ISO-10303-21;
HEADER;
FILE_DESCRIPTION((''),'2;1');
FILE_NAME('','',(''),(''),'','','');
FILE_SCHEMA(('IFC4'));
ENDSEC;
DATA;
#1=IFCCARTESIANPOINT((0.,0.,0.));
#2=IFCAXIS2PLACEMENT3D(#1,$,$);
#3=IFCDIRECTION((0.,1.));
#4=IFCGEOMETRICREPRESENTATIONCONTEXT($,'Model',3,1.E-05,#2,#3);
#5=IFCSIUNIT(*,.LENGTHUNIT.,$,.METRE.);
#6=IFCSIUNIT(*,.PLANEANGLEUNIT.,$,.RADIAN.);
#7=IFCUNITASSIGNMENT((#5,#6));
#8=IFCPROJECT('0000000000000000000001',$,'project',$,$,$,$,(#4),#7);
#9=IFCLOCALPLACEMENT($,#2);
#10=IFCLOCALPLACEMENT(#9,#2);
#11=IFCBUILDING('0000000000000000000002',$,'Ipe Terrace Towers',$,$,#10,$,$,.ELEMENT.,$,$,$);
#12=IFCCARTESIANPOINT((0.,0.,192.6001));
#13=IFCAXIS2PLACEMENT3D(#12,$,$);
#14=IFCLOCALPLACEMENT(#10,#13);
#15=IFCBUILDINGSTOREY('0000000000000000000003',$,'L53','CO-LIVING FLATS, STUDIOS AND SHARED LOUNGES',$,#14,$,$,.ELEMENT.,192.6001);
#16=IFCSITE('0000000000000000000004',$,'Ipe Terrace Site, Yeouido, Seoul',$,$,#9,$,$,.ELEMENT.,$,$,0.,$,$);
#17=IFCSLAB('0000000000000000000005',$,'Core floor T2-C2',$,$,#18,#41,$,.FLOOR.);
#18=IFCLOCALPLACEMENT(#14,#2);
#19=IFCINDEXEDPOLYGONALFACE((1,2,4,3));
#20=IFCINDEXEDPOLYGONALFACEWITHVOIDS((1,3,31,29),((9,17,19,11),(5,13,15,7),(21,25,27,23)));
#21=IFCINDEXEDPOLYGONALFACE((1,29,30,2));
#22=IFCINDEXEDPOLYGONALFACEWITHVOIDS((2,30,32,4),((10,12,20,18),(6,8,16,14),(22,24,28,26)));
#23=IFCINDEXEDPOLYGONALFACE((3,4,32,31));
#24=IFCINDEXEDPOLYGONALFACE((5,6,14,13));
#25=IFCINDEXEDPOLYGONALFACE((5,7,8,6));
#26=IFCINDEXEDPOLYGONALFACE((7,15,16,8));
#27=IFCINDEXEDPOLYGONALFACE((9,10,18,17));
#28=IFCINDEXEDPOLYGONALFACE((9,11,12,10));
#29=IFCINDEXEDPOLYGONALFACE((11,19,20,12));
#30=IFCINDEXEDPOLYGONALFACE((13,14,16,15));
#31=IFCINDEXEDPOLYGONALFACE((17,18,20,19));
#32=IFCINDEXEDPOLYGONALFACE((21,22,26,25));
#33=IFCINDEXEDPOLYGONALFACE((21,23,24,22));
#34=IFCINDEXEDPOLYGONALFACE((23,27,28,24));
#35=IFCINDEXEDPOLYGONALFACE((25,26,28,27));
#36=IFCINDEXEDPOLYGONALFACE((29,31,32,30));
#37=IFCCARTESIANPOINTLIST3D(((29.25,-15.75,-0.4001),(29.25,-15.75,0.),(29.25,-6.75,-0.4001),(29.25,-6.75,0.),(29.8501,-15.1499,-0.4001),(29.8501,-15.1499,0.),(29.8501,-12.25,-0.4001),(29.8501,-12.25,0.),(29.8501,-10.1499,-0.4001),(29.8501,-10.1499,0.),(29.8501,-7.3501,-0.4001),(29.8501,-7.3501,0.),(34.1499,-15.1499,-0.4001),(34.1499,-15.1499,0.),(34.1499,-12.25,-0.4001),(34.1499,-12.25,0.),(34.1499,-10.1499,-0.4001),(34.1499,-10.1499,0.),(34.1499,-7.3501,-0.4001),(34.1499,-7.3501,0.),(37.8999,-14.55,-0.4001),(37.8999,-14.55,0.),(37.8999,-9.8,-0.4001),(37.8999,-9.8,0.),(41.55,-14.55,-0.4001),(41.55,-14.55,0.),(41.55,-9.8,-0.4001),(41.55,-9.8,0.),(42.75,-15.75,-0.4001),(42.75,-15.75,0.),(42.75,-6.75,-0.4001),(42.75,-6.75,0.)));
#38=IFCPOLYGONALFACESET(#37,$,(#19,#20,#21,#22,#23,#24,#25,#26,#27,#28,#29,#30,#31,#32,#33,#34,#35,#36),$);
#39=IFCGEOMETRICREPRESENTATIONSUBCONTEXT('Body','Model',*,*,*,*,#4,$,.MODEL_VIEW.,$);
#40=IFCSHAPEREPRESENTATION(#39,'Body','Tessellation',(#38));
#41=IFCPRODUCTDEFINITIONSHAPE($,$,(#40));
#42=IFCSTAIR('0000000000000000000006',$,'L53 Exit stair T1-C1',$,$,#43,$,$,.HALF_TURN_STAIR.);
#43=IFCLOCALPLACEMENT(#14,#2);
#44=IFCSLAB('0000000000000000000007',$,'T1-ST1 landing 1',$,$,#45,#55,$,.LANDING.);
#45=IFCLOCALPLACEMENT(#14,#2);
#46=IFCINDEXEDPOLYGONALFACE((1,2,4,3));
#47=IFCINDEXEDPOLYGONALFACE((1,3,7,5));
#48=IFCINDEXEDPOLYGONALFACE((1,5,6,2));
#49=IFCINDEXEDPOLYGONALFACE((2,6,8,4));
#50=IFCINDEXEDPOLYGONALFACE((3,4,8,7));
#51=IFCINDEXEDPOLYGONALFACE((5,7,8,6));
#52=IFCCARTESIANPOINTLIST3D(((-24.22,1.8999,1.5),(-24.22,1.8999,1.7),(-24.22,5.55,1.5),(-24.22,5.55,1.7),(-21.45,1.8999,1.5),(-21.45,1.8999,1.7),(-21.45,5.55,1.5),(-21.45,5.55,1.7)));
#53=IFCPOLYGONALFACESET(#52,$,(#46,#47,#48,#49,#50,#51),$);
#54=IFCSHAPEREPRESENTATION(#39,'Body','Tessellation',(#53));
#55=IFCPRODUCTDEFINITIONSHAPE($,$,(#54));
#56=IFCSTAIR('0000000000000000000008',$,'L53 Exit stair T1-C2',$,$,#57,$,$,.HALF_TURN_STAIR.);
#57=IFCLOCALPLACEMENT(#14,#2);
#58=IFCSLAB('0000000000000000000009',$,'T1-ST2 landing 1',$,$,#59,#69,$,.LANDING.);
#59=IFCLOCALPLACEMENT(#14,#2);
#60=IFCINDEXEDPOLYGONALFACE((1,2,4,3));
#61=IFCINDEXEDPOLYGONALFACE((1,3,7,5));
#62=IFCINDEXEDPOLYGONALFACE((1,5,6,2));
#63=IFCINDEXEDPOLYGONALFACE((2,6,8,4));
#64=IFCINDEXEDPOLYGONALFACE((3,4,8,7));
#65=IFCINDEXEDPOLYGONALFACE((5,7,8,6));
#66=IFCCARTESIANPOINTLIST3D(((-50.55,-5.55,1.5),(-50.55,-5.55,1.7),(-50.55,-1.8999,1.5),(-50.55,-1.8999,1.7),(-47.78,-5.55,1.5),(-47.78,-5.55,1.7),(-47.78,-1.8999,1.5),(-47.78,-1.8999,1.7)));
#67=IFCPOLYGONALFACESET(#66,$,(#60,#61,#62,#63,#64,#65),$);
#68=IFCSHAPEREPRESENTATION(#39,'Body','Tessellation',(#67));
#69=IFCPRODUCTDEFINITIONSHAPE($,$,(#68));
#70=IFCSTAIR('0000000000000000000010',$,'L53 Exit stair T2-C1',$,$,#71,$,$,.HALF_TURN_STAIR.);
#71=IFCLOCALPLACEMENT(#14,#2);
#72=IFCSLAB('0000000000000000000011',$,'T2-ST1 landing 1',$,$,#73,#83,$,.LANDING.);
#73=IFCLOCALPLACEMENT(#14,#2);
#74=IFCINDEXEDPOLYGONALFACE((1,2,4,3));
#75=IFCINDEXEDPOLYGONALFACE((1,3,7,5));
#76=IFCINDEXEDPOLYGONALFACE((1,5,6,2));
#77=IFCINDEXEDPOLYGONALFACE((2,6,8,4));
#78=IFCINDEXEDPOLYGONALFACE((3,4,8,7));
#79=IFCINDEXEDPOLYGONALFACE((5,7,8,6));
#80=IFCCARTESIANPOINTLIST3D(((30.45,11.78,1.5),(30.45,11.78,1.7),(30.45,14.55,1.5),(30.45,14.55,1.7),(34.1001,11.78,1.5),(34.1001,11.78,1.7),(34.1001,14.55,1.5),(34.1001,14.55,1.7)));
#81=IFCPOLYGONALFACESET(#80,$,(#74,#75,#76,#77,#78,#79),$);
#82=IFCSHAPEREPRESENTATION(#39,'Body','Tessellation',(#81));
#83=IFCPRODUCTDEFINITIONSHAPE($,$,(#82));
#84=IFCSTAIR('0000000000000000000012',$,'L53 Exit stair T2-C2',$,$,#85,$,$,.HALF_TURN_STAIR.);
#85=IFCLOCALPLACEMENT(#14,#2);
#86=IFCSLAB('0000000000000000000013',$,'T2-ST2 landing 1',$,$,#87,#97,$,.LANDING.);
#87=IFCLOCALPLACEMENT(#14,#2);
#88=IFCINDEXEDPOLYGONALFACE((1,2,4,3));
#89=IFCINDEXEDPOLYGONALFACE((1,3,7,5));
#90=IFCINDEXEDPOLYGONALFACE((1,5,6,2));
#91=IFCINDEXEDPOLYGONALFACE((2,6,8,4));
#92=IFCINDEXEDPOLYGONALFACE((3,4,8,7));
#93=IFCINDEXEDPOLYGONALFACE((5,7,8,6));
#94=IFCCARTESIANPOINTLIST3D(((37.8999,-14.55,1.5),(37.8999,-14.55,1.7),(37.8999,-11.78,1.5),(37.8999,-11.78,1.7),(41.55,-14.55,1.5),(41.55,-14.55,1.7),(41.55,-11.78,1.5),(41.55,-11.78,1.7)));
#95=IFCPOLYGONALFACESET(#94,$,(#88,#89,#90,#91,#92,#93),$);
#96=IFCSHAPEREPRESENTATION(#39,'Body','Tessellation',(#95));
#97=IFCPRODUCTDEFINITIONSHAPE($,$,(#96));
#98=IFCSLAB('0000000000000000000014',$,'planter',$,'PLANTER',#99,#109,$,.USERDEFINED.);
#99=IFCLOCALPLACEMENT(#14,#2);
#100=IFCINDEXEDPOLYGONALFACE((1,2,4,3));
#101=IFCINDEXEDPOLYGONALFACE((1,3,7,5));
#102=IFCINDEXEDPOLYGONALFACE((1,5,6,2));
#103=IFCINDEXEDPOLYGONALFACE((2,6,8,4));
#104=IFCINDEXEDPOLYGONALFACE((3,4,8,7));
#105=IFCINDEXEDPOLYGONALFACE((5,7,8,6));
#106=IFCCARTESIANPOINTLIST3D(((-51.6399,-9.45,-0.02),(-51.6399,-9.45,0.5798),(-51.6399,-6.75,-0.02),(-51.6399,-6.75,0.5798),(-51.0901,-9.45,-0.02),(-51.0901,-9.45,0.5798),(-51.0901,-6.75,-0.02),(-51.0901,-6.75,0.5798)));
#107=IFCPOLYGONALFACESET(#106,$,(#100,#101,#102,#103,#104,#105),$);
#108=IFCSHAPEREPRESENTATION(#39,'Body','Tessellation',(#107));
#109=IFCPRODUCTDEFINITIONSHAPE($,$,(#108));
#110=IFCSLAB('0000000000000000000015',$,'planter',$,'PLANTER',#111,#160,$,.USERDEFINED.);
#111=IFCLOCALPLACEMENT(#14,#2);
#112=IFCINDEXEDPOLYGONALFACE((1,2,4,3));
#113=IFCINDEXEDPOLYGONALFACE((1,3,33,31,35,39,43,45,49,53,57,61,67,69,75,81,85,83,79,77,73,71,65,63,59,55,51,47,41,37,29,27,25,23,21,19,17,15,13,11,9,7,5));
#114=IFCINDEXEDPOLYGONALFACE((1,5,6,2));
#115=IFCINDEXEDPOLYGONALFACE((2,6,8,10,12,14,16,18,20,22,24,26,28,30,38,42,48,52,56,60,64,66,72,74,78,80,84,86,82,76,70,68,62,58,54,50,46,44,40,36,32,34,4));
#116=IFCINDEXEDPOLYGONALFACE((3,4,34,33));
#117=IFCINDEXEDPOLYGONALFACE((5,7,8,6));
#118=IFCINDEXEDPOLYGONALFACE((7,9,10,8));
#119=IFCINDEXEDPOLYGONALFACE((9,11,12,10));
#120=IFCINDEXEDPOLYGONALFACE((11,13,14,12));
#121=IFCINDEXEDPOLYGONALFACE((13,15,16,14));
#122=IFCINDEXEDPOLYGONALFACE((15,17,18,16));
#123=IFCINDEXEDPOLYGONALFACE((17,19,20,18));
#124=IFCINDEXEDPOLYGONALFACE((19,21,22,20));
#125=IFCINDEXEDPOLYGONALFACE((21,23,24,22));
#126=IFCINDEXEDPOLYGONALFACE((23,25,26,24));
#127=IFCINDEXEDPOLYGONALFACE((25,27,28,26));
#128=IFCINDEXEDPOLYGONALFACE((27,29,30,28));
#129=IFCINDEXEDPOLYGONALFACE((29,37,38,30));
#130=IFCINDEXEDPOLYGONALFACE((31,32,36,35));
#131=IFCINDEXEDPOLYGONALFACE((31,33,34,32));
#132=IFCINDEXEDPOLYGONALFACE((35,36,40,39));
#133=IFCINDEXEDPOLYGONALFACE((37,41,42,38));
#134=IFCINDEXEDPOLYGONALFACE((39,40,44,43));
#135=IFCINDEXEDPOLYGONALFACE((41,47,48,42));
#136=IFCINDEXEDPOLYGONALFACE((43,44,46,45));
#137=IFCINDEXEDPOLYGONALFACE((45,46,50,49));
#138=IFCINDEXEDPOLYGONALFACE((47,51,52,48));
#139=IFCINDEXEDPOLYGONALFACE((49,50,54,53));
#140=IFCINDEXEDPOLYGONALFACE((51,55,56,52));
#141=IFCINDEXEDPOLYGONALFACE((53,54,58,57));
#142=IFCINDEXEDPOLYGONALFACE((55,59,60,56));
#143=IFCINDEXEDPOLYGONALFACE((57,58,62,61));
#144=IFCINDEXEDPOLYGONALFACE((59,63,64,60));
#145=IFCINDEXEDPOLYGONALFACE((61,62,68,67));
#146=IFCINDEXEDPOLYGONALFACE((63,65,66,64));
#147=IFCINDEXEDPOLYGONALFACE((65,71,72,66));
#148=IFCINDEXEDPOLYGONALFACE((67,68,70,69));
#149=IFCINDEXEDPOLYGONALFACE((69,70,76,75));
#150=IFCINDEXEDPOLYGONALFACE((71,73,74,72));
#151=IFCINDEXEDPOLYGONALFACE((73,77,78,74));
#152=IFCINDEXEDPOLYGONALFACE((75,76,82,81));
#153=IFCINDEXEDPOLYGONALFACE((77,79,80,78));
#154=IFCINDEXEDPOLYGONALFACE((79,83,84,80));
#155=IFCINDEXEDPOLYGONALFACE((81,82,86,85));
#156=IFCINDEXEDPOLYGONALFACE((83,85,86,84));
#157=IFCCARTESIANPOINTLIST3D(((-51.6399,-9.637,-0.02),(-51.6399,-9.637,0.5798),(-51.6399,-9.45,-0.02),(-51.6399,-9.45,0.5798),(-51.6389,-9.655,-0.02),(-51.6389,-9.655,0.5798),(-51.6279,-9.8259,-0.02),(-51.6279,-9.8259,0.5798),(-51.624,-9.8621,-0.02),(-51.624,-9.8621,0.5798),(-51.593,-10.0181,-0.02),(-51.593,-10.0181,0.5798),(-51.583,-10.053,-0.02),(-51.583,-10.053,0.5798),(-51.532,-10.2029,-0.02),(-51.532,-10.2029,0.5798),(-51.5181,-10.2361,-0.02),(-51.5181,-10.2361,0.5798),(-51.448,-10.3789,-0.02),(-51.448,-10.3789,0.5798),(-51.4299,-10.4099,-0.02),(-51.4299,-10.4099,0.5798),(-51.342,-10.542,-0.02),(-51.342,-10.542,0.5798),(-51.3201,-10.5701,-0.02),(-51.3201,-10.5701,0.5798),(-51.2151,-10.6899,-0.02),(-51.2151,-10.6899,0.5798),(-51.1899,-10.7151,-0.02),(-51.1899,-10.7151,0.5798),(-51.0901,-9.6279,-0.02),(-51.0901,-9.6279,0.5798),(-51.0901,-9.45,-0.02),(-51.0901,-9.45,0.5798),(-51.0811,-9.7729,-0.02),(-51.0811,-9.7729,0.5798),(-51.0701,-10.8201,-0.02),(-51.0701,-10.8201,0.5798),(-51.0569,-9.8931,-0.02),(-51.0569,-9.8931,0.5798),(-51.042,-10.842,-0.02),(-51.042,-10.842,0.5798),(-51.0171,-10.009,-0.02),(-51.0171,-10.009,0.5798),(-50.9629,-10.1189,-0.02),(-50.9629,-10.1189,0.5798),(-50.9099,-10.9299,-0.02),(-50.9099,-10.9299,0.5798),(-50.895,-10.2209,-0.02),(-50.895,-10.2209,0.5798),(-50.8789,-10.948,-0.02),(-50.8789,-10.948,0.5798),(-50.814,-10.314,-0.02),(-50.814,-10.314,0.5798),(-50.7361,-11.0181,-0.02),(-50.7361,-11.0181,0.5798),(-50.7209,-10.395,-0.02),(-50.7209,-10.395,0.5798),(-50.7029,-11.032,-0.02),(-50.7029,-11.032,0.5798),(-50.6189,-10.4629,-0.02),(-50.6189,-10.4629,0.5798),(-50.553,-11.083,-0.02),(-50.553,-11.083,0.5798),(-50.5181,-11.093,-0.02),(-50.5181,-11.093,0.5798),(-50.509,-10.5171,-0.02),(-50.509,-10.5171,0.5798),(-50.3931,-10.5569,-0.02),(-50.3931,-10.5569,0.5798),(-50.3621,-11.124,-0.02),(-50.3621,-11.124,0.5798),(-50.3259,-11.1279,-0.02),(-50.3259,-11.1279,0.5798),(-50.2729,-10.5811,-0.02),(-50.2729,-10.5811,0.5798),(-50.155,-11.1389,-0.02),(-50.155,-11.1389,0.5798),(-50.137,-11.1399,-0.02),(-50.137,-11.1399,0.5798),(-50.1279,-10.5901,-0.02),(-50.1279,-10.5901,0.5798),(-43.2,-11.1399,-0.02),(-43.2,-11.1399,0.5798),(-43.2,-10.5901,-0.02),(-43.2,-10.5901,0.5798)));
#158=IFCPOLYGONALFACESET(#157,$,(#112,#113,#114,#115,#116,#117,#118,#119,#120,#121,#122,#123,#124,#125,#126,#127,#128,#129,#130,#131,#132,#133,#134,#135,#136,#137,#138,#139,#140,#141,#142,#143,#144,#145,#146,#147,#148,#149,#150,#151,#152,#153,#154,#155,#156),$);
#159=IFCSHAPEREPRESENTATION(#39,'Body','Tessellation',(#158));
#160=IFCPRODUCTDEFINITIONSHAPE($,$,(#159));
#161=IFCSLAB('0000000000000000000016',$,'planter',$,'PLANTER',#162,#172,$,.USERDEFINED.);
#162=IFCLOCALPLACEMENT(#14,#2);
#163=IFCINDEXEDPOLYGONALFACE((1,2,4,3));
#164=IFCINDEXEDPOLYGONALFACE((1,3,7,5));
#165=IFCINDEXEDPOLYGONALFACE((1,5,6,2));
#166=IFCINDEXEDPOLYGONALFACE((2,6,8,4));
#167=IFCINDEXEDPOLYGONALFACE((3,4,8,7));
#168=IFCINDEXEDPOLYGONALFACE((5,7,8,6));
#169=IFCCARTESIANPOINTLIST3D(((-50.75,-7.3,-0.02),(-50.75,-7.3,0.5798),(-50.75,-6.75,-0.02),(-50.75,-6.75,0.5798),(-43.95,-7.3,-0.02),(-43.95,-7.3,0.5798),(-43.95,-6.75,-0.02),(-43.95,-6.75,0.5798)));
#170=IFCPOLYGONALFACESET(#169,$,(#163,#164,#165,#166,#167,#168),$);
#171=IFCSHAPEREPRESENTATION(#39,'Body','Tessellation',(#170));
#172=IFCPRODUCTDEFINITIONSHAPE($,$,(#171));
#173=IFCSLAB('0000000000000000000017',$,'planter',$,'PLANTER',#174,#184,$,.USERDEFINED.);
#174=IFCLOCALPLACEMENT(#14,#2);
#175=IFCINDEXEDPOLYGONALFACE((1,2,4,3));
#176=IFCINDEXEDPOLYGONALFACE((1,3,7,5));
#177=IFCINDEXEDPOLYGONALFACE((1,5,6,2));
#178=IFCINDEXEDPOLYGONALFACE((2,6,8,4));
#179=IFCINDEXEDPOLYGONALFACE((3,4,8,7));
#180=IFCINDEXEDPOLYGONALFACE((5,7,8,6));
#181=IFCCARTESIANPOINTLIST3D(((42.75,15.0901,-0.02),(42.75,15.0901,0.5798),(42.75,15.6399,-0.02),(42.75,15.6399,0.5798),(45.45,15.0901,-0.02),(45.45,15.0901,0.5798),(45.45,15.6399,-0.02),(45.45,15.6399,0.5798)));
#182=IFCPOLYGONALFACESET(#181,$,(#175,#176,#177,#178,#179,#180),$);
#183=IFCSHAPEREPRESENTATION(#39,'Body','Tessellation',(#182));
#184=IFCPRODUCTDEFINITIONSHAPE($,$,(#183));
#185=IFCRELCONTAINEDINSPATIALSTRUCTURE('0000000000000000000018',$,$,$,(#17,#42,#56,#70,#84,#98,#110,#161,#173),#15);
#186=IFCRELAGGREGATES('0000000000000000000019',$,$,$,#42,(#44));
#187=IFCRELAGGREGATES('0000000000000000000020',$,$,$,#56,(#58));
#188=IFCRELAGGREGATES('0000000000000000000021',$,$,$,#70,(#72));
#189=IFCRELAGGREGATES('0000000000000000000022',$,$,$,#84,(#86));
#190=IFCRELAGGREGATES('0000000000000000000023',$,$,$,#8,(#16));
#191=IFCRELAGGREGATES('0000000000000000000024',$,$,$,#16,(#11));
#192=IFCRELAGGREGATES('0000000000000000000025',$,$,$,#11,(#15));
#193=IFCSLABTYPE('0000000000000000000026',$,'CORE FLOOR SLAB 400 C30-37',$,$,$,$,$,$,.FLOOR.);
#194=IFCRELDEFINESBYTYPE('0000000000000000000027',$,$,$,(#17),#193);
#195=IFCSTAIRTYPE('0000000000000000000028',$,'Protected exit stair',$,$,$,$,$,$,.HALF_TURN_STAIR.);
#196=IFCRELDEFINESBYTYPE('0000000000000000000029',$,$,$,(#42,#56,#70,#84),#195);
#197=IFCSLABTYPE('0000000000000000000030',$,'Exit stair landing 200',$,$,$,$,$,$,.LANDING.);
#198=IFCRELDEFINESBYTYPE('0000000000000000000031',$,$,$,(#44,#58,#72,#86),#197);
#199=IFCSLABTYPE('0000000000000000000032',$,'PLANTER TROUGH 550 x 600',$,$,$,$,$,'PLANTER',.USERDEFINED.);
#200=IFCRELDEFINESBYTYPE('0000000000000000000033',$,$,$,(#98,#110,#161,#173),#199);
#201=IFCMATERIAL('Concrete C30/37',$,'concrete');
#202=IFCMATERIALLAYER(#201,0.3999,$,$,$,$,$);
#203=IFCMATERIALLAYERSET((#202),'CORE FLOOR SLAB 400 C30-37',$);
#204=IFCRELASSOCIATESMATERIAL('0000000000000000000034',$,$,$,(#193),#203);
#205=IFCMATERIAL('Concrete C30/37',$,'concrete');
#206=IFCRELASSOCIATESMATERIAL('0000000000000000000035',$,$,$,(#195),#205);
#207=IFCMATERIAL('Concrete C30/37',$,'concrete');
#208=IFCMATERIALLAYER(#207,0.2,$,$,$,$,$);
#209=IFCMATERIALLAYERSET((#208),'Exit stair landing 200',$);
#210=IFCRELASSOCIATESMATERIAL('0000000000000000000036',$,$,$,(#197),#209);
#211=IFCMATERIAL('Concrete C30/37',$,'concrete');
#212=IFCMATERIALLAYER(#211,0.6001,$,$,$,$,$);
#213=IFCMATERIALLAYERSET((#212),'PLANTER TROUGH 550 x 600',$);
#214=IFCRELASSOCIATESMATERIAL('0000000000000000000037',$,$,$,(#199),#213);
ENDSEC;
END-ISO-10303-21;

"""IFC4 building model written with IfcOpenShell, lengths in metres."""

from ifc_helpers import new_model, si_unit, direction, frame, origin, place, context, subcontext, project, spatial, polyline, outline, extrude, material, layer, layer_set, type_object, element, aggregate, save


model = new_model("IFC4")

# Units and contexts
model_context = context("Model", 3, precision=1e-05, world=origin(), true_north=direction((0.0, 1.0)))
body_context = subcontext(model_context, "Body", "Model", "MODEL_VIEW")
ifc_project = project(units=[si_unit("LENGTHUNIT", "METRE"), si_unit("PLANEANGLEUNIT", "RADIAN")], contexts=[model_context])

# Site, building, storey
site_placement = place(None, origin())
site = spatial("IfcSite", under=ifc_project, at=site_placement, Name="Ipe Terrace Site, Yeouido, Seoul", CompositionType="ELEMENT", RefElevation=0.0)
building_placement = place(site_placement, origin())
building = spatial("IfcBuilding", under=site, at=building_placement, Name="Ipe Terrace Towers", CompositionType="ELEMENT")
storey_placement = place(building_placement, frame((0.0, 0.0, 192.6001)))
storey = spatial("IfcBuildingStorey", under=building, at=storey_placement, Name="L53", Description="CO-LIVING FLATS, STUDIOS AND SHARED LOUNGES", CompositionType="ELEMENT", Elevation=192.6001)

# Slab
ifc_material_1 = material(Name="Concrete C30/37", Category="concrete")
ifc_layer_1 = layer(ifc_material_1, 0.3999)
ifc_layer_set_1 = layer_set([ifc_layer_1], Name="CORE FLOOR SLAB 400 C30-37")
slab_type_1 = type_object("IfcSlabType", Name="CORE FLOOR SLAB 400 C30-37", PredefinedType="FLOOR", material=ifc_layer_set_1)
slab_1_placement = place(storey_placement, frame((0.0, 0.0, -0.4001)))
element("IfcSlab", 1, at=slab_1_placement, inside=storey, type_object=slab_type_1, Name="Core floor T2-C2", PredefinedType="FLOOR", context=body_context, shape_type="SweptSolid", body=[
    extrude(outline(polyline([(29.25, -15.75), (29.25, -6.75), (42.75, -6.75), (42.75, -15.75), (29.25, -15.75)]), holes=[polyline([(29.8501, -12.25), (29.8501, -15.1499), (34.1499, -15.1499), (34.1499, -12.25), (29.8501, -12.25)]), polyline([(41.55, -9.8), (37.8999, -9.8), (37.8999, -14.55), (41.55, -14.55), (41.55, -9.8)]), polyline([(34.1499, -7.3501), (29.8501, -7.3501), (29.8501, -10.1499), (34.1499, -10.1499), (34.1499, -7.3501)])]), origin(), (0.0, 0.0, 1.0), 0.4001),
])

# Stairs, slabs
ifc_material_2 = material(Name="Concrete C30/37", Category="concrete")
stair_type = type_object("IfcStairType", Name="Protected exit stair", PredefinedType="HALF_TURN_STAIR", material=ifc_material_2)
stair_1_placement = place(storey_placement, origin())
stair_1 = element("IfcStair", 2, at=stair_1_placement, inside=storey, type_object=stair_type, Name="L53 Exit stair T1-C1", PredefinedType="HALF_TURN_STAIR")
ifc_material_3 = material(Name="Concrete C30/37", Category="concrete")
ifc_layer_2 = layer(ifc_material_3, 0.2)
ifc_layer_set_2 = layer_set([ifc_layer_2], Name="Exit stair landing 200")
slab_type_2 = type_object("IfcSlabType", Name="Exit stair landing 200", PredefinedType="LANDING", material=ifc_layer_set_2)
slab_2_placement = place(storey_placement, frame((0.0, 0.0, 1.5)))
slab_2 = element("IfcSlab", 3, at=slab_2_placement, type_object=slab_type_2, Name="T1-ST1 landing 1", PredefinedType="LANDING", context=body_context, shape_type="SweptSolid", body=[
    extrude(outline(polyline([(-24.22, 1.8999), (-21.45, 1.8999), (-21.45, 5.55), (-24.22, 5.55), (-24.22, 1.8999)])), origin(), (0.0, 0.0, 1.0), 0.2),
])
aggregate(stair_1, [slab_2])
stair_2_placement = place(storey_placement, origin())
stair_2 = element("IfcStair", 4, at=stair_2_placement, inside=storey, type_object=stair_type, Name="L53 Exit stair T1-C2", PredefinedType="HALF_TURN_STAIR")
slab_3_placement = place(storey_placement, frame((0.0, 0.0, 1.5)))
slab_3 = element("IfcSlab", 5, at=slab_3_placement, type_object=slab_type_2, Name="T1-ST2 landing 1", PredefinedType="LANDING", context=body_context, shape_type="SweptSolid", body=[
    extrude(outline(polyline([(-47.78, -1.8999), (-50.55, -1.8999), (-50.55, -5.55), (-47.78, -5.55), (-47.78, -1.8999)])), origin(), (0.0, 0.0, 1.0), 0.2),
])
aggregate(stair_2, [slab_3])
stair_3_placement = place(storey_placement, origin())
stair_3 = element("IfcStair", 6, at=stair_3_placement, inside=storey, type_object=stair_type, Name="L53 Exit stair T2-C1", PredefinedType="HALF_TURN_STAIR")
slab_4_placement = place(storey_placement, frame((0.0, 0.0, 1.5)))
slab_4 = element("IfcSlab", 7, at=slab_4_placement, type_object=slab_type_2, Name="T2-ST1 landing 1", PredefinedType="LANDING", context=body_context, shape_type="SweptSolid", body=[
    extrude(outline(polyline([(34.1001, 11.78), (34.1001, 14.55), (30.45, 14.55), (30.45, 11.78), (34.1001, 11.78)])), origin(), (0.0, 0.0, 1.0), 0.2),
])
aggregate(stair_3, [slab_4])
stair_4_placement = place(storey_placement, origin())
stair_4 = element("IfcStair", 8, at=stair_4_placement, inside=storey, type_object=stair_type, Name="L53 Exit stair T2-C2", PredefinedType="HALF_TURN_STAIR")
slab_5_placement = place(storey_placement, frame((0.0, 0.0, 1.5)))
slab_5 = element("IfcSlab", 9, at=slab_5_placement, type_object=slab_type_2, Name="T2-ST2 landing 1", PredefinedType="LANDING", context=body_context, shape_type="SweptSolid", body=[
    extrude(outline(polyline([(37.8999, -11.78), (37.8999, -14.55), (41.55, -14.55), (41.55, -11.78), (37.8999, -11.78)])), origin(), (0.0, 0.0, 1.0), 0.2),
])
aggregate(stair_4, [slab_5])

# Slabs
ifc_material_4 = material(Name="Concrete C30/37", Category="concrete")
ifc_layer_3 = layer(ifc_material_4, 0.6001)
ifc_layer_set_3 = layer_set([ifc_layer_3], Name="PLANTER TROUGH 550 x 600")
slab_type_3 = type_object("IfcSlabType", Name="PLANTER TROUGH 550 x 600", ElementType="PLANTER", PredefinedType="USERDEFINED", material=ifc_layer_set_3)
slab_6_placement = place(storey_placement, frame((0.0, 0.0, -0.02)))
element("IfcSlab", 10, at=slab_6_placement, inside=storey, type_object=slab_type_3, Name="planter", ObjectType="PLANTER", PredefinedType="USERDEFINED", context=body_context, shape_type="SweptSolid", body=[
    extrude(outline(polyline([(-51.6399, -6.75), (-51.6399, -9.45), (-51.0901, -9.45), (-51.0901, -6.75), (-51.6399, -6.75)])), origin(), (0.0, 0.0, 1.0), 0.5999),
])
slab_7_placement = place(storey_placement, frame((0.0, 0.0, -0.02)))
element("IfcSlab", 11, at=slab_7_placement, inside=storey, type_object=slab_type_3, Name="planter", ObjectType="PLANTER", PredefinedType="USERDEFINED", context=body_context, shape_type="SweptSolid", body=[
    extrude(outline(polyline([(-51.0569, -9.8931), (-51.0811, -9.7729), (-51.0901, -9.6279), (-51.0901, -9.45), (-51.6399, -9.45), (-51.6399, -9.637), (-51.6389, -9.655), (-51.6279, -9.8259), (-51.624, -9.8621), (-51.593, -10.0181), (-51.583, -10.053), (-51.532, -10.2029), (-51.5181, -10.2361), (-51.448, -10.3789), (-51.4299, -10.4099), (-51.342, -10.542), (-51.3201, -10.5701), (-51.2151, -10.6899), (-51.1899, -10.7151), (-51.0701, -10.8201), (-51.042, -10.842), (-50.9099, -10.9299), (-50.8789, -10.948), (-50.7361, -11.0181), (-50.7029, -11.032), (-50.553, -11.083), (-50.5181, -11.093), (-50.3621, -11.124), (-50.3259, -11.1279), (-50.155, -11.1389), (-50.137, -11.1399), (-43.2, -11.1399), (-43.2, -10.5901), (-50.1279, -10.5901), (-50.2729, -10.5811), (-50.3931, -10.5569), (-50.509, -10.5171), (-50.6189, -10.4629), (-50.7209, -10.395), (-50.814, -10.314), (-50.895, -10.2209), (-50.9629, -10.1189), (-51.0171, -10.009), (-51.0569, -9.8931)])), origin(), (0.0, 0.0, 1.0), 0.5999),
])
slab_8_placement = place(storey_placement, frame((0.0, 0.0, -0.02)))
element("IfcSlab", 12, at=slab_8_placement, inside=storey, type_object=slab_type_3, Name="planter", ObjectType="PLANTER", PredefinedType="USERDEFINED", context=body_context, shape_type="SweptSolid", body=[
    extrude(outline(polyline([(-43.95, -6.75), (-50.75, -6.75), (-50.75, -7.3), (-43.95, -7.3), (-43.95, -6.75)])), origin(), (0.0, 0.0, 1.0), 0.5999),
])
slab_9_placement = place(storey_placement, frame((0.0, 0.0, -0.02)))
element("IfcSlab", 13, at=slab_9_placement, inside=storey, type_object=slab_type_3, Name="planter", ObjectType="PLANTER", PredefinedType="USERDEFINED", context=body_context, shape_type="SweptSolid", body=[
    extrude(outline(polyline([(42.75, 15.6399), (42.75, 15.0901), (45.45, 15.0901), (45.45, 15.6399), (42.75, 15.6399)])), origin(), (0.0, 0.0, 1.0), 0.5999),
])

save(model, "model.ifc")
